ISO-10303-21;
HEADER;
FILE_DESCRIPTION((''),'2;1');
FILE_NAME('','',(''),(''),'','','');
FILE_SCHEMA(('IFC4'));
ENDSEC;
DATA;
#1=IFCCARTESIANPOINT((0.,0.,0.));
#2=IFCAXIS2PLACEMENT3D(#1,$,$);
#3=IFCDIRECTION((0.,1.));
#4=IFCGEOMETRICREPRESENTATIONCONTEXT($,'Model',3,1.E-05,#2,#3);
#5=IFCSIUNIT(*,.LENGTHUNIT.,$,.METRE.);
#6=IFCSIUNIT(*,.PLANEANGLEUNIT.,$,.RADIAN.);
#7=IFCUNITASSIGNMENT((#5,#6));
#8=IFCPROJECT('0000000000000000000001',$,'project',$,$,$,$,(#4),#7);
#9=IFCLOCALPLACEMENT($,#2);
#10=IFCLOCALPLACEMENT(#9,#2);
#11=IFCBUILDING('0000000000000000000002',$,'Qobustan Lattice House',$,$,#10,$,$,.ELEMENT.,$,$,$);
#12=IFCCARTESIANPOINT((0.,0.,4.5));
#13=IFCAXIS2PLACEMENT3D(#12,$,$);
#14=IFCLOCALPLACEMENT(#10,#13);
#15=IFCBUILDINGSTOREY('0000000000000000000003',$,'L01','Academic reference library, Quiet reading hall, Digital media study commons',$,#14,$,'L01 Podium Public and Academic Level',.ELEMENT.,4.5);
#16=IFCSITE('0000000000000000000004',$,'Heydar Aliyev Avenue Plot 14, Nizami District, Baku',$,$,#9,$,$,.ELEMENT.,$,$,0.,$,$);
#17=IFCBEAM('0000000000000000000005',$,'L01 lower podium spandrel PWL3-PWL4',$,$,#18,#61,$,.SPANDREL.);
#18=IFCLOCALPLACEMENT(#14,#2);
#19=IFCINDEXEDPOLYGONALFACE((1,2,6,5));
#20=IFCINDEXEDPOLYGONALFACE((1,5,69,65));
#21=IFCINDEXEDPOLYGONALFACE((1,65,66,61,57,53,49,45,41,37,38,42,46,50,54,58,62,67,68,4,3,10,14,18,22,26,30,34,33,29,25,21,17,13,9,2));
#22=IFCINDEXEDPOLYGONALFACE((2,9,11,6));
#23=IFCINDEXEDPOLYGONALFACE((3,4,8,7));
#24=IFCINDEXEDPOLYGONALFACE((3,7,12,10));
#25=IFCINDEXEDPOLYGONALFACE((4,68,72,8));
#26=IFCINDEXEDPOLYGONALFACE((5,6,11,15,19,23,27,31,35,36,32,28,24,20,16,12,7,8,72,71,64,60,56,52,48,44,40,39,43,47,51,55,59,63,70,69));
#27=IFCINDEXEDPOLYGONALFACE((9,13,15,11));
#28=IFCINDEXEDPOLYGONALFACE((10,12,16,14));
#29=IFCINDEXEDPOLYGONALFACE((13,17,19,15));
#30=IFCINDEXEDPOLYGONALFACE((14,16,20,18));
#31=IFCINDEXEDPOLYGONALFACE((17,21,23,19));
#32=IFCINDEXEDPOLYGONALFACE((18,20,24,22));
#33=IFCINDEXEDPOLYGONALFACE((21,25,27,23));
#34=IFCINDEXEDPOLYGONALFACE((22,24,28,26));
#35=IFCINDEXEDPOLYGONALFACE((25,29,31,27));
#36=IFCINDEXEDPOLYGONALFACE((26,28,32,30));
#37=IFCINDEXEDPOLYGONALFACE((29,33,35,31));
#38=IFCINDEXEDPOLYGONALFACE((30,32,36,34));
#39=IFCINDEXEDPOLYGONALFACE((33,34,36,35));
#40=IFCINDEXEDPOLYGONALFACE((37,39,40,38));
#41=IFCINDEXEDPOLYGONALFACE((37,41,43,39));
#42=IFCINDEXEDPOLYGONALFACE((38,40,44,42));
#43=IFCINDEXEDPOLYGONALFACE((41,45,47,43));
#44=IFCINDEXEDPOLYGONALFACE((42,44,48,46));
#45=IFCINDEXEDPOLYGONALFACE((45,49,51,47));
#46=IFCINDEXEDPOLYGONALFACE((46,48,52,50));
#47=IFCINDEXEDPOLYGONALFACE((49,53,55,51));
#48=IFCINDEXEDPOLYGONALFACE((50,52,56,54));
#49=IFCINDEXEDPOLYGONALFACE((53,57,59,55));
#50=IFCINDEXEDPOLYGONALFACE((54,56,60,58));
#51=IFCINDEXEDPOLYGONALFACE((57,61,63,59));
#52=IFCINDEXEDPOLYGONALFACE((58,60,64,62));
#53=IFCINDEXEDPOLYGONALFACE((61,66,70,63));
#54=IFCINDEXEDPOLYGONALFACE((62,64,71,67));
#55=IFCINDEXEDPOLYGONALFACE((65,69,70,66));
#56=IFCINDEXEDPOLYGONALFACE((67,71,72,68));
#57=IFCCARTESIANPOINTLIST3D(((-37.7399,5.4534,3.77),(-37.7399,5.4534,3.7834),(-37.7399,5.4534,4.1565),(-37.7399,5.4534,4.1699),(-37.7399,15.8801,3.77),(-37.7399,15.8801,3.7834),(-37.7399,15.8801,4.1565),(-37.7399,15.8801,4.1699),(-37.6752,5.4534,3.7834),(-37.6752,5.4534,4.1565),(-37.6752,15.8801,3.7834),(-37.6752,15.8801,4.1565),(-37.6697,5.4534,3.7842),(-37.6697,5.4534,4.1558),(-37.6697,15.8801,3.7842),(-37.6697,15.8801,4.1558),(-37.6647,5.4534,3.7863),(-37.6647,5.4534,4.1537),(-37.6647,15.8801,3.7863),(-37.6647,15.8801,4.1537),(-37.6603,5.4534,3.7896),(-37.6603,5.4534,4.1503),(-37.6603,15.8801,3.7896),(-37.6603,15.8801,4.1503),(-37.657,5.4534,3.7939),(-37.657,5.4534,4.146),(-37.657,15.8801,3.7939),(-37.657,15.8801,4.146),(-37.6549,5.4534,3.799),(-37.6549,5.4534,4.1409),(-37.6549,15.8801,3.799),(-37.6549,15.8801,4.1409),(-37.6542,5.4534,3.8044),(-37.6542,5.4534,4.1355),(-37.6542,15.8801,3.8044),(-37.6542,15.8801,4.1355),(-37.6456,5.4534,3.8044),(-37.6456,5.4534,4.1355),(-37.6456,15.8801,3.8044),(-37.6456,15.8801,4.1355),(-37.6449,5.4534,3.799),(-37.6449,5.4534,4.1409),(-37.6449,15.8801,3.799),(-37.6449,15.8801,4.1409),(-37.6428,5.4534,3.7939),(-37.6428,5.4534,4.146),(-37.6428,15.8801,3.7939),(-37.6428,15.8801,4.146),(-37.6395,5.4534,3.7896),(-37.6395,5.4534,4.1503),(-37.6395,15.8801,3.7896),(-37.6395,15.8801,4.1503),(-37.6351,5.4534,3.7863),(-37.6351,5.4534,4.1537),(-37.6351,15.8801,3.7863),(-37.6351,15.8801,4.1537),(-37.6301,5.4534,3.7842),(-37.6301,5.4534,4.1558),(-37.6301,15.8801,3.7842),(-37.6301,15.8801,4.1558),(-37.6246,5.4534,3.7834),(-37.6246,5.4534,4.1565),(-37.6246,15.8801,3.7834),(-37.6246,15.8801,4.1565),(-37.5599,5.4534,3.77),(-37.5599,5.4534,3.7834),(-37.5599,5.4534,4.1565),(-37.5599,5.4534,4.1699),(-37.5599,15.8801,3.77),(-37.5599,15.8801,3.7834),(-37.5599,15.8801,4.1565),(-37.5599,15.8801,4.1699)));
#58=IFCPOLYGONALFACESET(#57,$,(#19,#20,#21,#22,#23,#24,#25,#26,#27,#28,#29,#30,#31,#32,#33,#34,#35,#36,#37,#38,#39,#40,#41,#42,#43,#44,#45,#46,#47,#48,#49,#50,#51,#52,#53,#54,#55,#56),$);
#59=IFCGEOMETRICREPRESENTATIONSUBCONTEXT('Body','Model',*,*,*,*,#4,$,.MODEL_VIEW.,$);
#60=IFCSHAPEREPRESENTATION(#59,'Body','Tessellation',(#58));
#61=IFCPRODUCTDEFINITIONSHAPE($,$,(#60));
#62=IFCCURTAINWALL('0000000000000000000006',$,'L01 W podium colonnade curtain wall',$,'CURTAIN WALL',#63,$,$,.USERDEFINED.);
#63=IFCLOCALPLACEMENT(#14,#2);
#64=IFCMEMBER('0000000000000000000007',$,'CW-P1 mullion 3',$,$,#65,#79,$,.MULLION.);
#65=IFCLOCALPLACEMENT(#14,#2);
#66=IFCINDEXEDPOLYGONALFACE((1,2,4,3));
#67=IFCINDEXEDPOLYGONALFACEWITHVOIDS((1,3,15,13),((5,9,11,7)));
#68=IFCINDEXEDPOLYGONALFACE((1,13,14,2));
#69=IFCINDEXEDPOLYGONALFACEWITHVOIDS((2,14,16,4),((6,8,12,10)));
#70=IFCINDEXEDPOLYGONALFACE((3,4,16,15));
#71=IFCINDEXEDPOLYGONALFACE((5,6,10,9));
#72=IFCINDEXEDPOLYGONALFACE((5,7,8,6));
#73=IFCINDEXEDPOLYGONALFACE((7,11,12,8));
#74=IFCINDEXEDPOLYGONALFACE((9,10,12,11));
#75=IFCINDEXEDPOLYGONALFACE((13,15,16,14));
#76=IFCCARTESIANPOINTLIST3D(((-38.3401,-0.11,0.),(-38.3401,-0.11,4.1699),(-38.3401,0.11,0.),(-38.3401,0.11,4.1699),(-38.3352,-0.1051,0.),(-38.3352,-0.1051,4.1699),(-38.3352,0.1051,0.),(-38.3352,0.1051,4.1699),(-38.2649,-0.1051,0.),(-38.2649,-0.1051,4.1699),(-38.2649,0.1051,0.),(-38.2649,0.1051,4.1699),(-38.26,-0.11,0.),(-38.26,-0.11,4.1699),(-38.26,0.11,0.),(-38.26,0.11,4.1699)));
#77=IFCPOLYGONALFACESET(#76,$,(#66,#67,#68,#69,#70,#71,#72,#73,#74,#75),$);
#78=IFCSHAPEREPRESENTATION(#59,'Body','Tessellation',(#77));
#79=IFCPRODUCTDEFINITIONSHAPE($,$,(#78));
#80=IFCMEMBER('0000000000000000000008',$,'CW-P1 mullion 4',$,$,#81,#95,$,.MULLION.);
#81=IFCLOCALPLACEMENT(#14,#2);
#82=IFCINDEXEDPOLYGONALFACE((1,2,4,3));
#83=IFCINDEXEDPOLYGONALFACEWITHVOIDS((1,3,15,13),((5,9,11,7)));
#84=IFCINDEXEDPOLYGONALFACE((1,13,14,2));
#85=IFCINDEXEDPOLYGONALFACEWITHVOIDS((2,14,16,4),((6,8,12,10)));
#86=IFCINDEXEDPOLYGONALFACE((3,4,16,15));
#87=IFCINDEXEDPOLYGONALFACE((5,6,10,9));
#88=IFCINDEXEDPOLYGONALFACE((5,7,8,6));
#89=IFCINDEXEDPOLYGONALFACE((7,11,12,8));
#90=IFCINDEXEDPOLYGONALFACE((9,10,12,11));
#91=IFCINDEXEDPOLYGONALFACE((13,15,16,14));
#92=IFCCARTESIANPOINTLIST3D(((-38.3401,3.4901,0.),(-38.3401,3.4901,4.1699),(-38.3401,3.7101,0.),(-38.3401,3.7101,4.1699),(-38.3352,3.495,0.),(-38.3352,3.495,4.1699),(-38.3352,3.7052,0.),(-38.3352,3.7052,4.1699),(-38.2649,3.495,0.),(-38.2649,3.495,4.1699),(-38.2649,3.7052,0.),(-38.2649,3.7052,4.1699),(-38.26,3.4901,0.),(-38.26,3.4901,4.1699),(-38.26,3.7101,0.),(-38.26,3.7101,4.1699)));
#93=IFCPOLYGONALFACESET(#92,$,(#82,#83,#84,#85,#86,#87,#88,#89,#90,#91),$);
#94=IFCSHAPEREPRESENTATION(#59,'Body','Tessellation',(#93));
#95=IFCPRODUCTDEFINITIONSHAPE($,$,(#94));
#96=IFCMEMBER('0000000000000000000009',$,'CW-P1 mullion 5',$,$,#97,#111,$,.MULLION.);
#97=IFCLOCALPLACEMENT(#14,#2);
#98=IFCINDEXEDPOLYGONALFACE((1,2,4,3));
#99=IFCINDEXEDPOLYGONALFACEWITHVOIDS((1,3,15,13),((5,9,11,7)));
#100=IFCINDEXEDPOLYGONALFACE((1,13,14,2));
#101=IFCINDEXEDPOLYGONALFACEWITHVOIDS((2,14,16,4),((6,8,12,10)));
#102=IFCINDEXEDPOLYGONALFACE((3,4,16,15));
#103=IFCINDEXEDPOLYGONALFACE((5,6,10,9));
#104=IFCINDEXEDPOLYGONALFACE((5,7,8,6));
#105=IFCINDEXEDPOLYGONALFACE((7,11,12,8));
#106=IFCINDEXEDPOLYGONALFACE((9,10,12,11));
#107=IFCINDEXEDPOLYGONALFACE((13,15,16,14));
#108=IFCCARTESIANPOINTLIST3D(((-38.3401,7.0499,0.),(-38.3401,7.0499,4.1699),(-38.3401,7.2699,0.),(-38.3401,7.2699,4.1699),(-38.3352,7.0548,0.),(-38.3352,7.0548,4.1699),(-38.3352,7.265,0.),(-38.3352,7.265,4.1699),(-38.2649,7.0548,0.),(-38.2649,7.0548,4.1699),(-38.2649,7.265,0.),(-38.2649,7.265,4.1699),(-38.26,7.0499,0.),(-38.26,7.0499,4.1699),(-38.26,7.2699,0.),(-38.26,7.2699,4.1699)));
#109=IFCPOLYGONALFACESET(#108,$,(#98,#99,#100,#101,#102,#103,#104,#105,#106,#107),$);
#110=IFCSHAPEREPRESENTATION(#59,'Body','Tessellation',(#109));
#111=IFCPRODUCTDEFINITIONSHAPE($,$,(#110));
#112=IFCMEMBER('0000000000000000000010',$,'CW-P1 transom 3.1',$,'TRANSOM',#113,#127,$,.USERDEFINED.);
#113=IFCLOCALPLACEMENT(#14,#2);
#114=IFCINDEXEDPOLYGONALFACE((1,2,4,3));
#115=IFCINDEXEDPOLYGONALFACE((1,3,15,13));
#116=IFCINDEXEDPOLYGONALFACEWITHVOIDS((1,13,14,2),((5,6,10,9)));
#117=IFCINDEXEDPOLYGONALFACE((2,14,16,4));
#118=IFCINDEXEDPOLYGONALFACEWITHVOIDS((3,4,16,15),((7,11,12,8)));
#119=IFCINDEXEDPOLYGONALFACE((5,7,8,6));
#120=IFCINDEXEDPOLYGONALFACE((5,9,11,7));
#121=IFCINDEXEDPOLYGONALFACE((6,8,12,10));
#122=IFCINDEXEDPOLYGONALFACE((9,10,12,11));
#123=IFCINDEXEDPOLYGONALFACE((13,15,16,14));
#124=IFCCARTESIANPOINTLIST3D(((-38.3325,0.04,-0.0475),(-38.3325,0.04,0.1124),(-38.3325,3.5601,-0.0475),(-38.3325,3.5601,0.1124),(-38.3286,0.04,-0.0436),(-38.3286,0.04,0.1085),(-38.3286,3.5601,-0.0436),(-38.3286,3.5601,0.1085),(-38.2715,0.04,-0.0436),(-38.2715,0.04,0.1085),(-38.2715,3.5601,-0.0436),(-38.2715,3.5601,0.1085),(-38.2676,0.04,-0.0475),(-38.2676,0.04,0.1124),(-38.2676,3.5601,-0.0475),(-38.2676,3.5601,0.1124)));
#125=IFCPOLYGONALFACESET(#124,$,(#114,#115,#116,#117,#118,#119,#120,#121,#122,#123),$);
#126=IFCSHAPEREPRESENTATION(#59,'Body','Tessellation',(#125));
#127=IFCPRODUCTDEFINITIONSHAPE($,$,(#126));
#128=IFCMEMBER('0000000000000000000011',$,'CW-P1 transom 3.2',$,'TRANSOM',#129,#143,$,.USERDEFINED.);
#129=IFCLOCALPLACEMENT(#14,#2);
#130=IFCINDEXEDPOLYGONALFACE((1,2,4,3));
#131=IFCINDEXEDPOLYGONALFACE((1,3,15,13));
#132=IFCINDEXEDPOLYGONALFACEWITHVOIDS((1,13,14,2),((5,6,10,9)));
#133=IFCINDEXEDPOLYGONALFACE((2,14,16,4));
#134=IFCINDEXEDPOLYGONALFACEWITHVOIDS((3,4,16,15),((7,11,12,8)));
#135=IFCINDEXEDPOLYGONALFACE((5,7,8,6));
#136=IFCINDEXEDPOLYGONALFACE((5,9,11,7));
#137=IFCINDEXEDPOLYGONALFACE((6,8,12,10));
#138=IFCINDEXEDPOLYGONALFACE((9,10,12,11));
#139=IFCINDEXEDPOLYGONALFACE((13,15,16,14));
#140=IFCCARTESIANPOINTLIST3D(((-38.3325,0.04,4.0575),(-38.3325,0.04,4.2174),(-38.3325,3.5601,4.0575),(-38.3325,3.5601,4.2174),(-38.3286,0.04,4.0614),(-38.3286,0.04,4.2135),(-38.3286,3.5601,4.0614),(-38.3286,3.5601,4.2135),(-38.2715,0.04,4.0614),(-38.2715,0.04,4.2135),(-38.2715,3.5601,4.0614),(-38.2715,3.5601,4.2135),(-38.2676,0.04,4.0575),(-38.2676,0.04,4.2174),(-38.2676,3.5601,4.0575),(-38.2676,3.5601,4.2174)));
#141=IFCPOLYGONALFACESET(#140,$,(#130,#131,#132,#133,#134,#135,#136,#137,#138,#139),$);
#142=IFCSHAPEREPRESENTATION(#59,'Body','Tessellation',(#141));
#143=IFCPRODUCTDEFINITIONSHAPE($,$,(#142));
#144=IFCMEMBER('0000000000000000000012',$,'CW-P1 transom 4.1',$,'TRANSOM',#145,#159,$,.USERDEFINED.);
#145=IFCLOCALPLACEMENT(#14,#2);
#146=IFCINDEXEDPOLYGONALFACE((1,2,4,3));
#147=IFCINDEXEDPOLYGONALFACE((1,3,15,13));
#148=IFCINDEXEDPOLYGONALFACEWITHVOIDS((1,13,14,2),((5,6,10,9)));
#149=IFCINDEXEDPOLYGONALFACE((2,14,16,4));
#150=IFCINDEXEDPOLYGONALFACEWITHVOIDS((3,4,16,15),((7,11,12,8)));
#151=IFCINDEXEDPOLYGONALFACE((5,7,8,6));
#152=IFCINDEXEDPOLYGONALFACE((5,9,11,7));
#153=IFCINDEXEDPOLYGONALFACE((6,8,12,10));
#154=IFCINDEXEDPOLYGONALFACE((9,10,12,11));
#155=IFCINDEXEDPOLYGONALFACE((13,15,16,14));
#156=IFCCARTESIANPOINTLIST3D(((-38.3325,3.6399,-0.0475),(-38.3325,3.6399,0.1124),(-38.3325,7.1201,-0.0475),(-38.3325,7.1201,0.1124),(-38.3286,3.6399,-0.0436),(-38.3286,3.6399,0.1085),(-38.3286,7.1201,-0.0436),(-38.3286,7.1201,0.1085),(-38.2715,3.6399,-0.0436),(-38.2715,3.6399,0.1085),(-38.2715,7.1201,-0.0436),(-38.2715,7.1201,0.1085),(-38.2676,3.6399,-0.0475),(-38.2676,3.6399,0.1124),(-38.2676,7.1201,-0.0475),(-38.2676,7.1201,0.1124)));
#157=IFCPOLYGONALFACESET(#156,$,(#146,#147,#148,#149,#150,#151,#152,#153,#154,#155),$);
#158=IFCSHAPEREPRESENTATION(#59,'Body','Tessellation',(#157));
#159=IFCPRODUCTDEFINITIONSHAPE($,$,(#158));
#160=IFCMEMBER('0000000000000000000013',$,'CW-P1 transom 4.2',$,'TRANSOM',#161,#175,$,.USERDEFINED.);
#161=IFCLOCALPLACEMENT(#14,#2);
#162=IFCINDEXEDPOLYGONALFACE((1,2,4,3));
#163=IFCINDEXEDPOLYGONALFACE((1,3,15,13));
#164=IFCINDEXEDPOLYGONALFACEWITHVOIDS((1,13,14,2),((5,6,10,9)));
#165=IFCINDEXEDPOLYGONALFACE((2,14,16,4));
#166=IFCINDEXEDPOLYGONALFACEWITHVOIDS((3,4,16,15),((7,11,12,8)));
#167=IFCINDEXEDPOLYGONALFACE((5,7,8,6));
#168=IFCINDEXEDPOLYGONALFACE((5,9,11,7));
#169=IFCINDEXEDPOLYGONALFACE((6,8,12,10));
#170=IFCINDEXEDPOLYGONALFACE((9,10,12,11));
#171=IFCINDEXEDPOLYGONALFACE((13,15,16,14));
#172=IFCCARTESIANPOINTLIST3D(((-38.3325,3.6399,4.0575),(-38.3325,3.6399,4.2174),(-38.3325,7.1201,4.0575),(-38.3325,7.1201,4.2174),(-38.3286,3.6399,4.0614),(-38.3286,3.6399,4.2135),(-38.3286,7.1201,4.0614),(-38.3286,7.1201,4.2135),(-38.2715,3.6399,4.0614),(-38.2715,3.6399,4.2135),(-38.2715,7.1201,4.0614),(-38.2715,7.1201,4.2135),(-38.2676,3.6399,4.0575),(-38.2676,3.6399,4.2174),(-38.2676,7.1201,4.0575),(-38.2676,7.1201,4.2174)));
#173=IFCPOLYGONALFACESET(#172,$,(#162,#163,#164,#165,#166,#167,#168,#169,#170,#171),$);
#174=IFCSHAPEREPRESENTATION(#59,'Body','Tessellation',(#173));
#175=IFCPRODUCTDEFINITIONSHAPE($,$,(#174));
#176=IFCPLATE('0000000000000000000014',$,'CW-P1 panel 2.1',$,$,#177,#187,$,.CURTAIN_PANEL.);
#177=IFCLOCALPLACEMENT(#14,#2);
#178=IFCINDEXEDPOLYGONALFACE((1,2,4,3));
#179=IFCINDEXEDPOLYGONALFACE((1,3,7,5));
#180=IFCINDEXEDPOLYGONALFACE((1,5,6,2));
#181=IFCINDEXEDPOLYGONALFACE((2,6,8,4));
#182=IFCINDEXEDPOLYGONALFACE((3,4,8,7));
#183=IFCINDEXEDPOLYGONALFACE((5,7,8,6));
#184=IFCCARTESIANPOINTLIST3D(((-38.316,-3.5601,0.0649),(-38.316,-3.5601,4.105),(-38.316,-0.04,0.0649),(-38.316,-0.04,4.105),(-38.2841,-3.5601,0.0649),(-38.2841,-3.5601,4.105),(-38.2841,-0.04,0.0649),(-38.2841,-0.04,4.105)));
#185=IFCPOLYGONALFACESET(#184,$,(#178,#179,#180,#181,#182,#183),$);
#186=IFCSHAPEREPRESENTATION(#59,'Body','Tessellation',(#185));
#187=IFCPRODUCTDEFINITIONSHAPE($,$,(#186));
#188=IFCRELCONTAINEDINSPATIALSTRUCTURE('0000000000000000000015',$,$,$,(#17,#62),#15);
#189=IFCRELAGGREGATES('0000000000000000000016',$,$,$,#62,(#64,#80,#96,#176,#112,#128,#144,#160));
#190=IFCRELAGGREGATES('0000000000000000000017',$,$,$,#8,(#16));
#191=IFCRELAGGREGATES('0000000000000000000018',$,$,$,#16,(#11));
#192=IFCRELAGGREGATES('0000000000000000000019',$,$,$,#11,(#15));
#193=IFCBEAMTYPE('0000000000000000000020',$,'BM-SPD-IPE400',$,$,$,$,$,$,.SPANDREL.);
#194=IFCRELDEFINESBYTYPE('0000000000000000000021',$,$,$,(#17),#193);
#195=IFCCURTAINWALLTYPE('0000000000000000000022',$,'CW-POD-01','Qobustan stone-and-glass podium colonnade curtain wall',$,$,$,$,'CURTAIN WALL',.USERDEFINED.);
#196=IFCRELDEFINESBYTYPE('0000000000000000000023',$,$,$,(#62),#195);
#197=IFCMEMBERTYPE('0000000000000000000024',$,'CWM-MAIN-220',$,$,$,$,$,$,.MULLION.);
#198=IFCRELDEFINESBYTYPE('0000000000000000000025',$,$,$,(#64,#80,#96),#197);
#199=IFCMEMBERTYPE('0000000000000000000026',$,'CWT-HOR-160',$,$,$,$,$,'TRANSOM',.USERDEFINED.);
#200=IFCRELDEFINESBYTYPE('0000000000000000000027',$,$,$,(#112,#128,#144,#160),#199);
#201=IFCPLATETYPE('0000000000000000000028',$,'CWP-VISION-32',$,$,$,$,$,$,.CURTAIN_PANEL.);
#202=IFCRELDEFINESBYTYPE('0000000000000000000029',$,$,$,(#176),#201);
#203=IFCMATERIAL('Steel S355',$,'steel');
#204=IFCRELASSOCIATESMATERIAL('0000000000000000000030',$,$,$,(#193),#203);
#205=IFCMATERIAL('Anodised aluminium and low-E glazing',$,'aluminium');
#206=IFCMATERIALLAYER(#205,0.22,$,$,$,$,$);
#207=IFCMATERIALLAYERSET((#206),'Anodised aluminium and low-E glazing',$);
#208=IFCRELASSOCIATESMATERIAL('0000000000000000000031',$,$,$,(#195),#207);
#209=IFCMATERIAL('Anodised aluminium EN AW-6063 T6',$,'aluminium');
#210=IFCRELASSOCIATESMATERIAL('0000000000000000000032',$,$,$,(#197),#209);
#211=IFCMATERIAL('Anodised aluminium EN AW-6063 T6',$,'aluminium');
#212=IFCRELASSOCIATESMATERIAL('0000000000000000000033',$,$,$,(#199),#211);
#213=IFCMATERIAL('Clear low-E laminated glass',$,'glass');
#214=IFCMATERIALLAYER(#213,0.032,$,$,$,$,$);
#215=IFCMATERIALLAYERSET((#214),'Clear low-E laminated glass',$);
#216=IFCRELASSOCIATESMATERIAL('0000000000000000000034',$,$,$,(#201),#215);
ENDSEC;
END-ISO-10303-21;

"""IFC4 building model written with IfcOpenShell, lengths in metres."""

from ifc_helpers import new_model, si_unit, direction, frame, origin, origin_2d, place, context, subcontext, project, spatial, rectangle, hollow_rectangle, i_section, extrude, material, layer, layer_set, material_profile, profile_set, type_object, element, aggregate, save


model = new_model("IFC4")

# Units and contexts
model_context = context("Model", 3, precision=1e-05, world=origin(), true_north=direction((0.0, 1.0)))
body_context = subcontext(model_context, "Body", "Model", "MODEL_VIEW")
ifc_project = project(units=[si_unit("LENGTHUNIT", "METRE"), si_unit("PLANEANGLEUNIT", "RADIAN")], contexts=[model_context])

# Site, building, storey
site_placement = place(None, origin())
site = spatial("IfcSite", under=ifc_project, at=site_placement, Name="Heydar Aliyev Avenue Plot 14, Nizami District, Baku", CompositionType="ELEMENT", RefElevation=0.0)
building_placement = place(site_placement, origin())
building = spatial("IfcBuilding", under=site, at=building_placement, Name="Qobustan Lattice House", CompositionType="ELEMENT")
storey_placement = place(building_placement, frame((0.0, 0.0, 4.5)))
storey = spatial("IfcBuildingStorey", under=building, at=storey_placement, Name="L01", Description="Academic reference library, Quiet reading hall, Digital media study commons", LongName="L01 Podium Public and Academic Level", CompositionType="ELEMENT", Elevation=4.5)

# Beam
ifc_material_1 = material(Name="Steel S355", Category="steel")
ifc_material_profile_1 = material_profile(ifc_material_1, i_section(OverallWidth=0.1799, OverallDepth=0.3999, WebThickness=0.0085, FlangeThickness=0.0134, FilletRadius=0.021, at=origin_2d()), Name="IPE400")
ifc_profile_set_1 = profile_set([ifc_material_profile_1], Name="Steel S355")
beam_type_1 = type_object("IfcBeamType", Name="BM-SPD-IPE400", PredefinedType="SPANDREL", material=ifc_profile_set_1)
beam_1_placement = place(storey_placement, frame((-37.6499, 5.4534, 3.97), z_axis=(0.0, 1.0, 0.0), x_axis=(-1.0, 0.0, 0.0)))
element("IfcBeam", 1, at=beam_1_placement, inside=storey, type_object=beam_type_1, Name="L01 lower podium spandrel PWL3-PWL4", PredefinedType="SPANDREL", context=body_context, shape_type="SweptSolid", body=[
    extrude(i_section(OverallWidth=0.1799, OverallDepth=0.3999, WebThickness=0.0085, FlangeThickness=0.0134, FilletRadius=0.021, at=origin_2d()), origin(), (0.0, 0.0, 1.0), 10.4268),
])

# Curtain wall, members, plate
ifc_material_2 = material(Name="Anodised aluminium and low-E glazing", Category="aluminium")
ifc_layer_1 = layer(ifc_material_2, 0.22)
ifc_layer_set_1 = layer_set([ifc_layer_1], Name="Anodised aluminium and low-E glazing")
curtain_wall_type = type_object("IfcCurtainWallType", Name="CW-POD-01", Description="Qobustan stone-and-glass podium colonnade curtain wall", ElementType="CURTAIN WALL", PredefinedType="USERDEFINED", material=ifc_layer_set_1)
curtain_wall_placement = place(storey_placement, origin())
curtain_wall = element("IfcCurtainWall", 2, at=curtain_wall_placement, inside=storey, type_object=curtain_wall_type, Name="L01 W podium colonnade curtain wall", ObjectType="CURTAIN WALL", PredefinedType="USERDEFINED")
ifc_material_3 = material(Name="Anodised aluminium EN AW-6063 T6", Category="aluminium")
ifc_material_profile_2 = material_profile(ifc_material_3, hollow_rectangle(XDim=0.0801, YDim=0.22, WallThickness=0.0049, at=origin_2d()), Name="CWM-220x80")
ifc_profile_set_2 = profile_set([ifc_material_profile_2], Name="Anodised aluminium EN AW-6063 T6")
member_type_1 = type_object("IfcMemberType", Name="CWM-MAIN-220", PredefinedType="MULLION", material=ifc_profile_set_2)
member_1_placement = place(storey_placement, frame((-38.3, 0.0, 0.0), z_axis=(0.0, 0.0, 1.0), x_axis=(-1.0, 0.0, 0.0)))
member_1 = element("IfcMember", 3, at=member_1_placement, type_object=member_type_1, Name="CW-P1 mullion 3", PredefinedType="MULLION", context=body_context, shape_type="SweptSolid", body=[
    extrude(hollow_rectangle(XDim=0.0801, YDim=0.22, WallThickness=0.0049, at=origin_2d()), origin(), (0.0, 0.0, 1.0), 4.1699),
])
member_2_placement = place(storey_placement, frame((-38.3, 3.6001, 0.0), z_axis=(0.0, 0.0, 1.0), x_axis=(-1.0, 0.0, 0.0)))
member_2 = element("IfcMember", 4, at=member_2_placement, type_object=member_type_1, Name="CW-P1 mullion 4", PredefinedType="MULLION", context=body_context, shape_type="SweptSolid", body=[
    extrude(hollow_rectangle(XDim=0.0801, YDim=0.22, WallThickness=0.0049, at=origin_2d()), origin(), (0.0, 0.0, 1.0), 4.1699),
])
member_3_placement = place(storey_placement, frame((-38.3, 7.1599, 0.0), z_axis=(0.0, 0.0, 1.0), x_axis=(-1.0, 0.0, 0.0)))
member_3 = element("IfcMember", 5, at=member_3_placement, type_object=member_type_1, Name="CW-P1 mullion 5", PredefinedType="MULLION", context=body_context, shape_type="SweptSolid", body=[
    extrude(hollow_rectangle(XDim=0.0801, YDim=0.22, WallThickness=0.0049, at=origin_2d()), origin(), (0.0, 0.0, 1.0), 4.1699),
])
ifc_material_4 = material(Name="Anodised aluminium EN AW-6063 T6", Category="aluminium")
ifc_material_profile_3 = material_profile(ifc_material_4, hollow_rectangle(XDim=0.0649, YDim=0.1599, WallThickness=0.0039, at=origin_2d()), Name="CWT-160x65")
ifc_profile_set_3 = profile_set([ifc_material_profile_3], Name="Anodised aluminium EN AW-6063 T6")
member_type_2 = type_object("IfcMemberType", Name="CWT-HOR-160", ElementType="TRANSOM", PredefinedType="USERDEFINED", material=ifc_profile_set_3)
member_4_placement = place(storey_placement, frame((-38.3, 0.04, 0.0325), z_axis=(0.0, 1.0, 0.0), x_axis=(-1.0, 0.0, 0.0)))
member_4 = element("IfcMember", 6, at=member_4_placement, type_object=member_type_2, Name="CW-P1 transom 3.1", ObjectType="TRANSOM", PredefinedType="USERDEFINED", context=body_context, shape_type="SweptSolid", body=[
    extrude(hollow_rectangle(XDim=0.0649, YDim=0.1599, WallThickness=0.0039, at=origin_2d()), origin(), (0.0, 0.0, 1.0), 3.52),
])
member_5_placement = place(storey_placement, frame((-38.3, 0.04, 4.1375), z_axis=(0.0, 1.0, 0.0), x_axis=(-1.0, 0.0, 0.0)))
member_5 = element("IfcMember", 7, at=member_5_placement, type_object=member_type_2, Name="CW-P1 transom 3.2", ObjectType="TRANSOM", PredefinedType="USERDEFINED", context=body_context, shape_type="SweptSolid", body=[
    extrude(hollow_rectangle(XDim=0.0649, YDim=0.1599, WallThickness=0.0039, at=origin_2d()), origin(), (0.0, 0.0, 1.0), 3.52),
])
member_6_placement = place(storey_placement, frame((-38.3, 3.6399, 0.0325), z_axis=(0.0, 1.0, 0.0), x_axis=(-1.0, 0.0, 0.0)))
member_6 = element("IfcMember", 8, at=member_6_placement, type_object=member_type_2, Name="CW-P1 transom 4.1", ObjectType="TRANSOM", PredefinedType="USERDEFINED", context=body_context, shape_type="SweptSolid", body=[
    extrude(hollow_rectangle(XDim=0.0649, YDim=0.1599, WallThickness=0.0039, at=origin_2d()), origin(), (0.0, 0.0, 1.0), 3.4802),
])
member_7_placement = place(storey_placement, frame((-38.3, 3.6399, 4.1375), z_axis=(0.0, 1.0, 0.0), x_axis=(-1.0, 0.0, 0.0)))
member_7 = element("IfcMember", 9, at=member_7_placement, type_object=member_type_2, Name="CW-P1 transom 4.2", ObjectType="TRANSOM", PredefinedType="USERDEFINED", context=body_context, shape_type="SweptSolid", body=[
    extrude(hollow_rectangle(XDim=0.0649, YDim=0.1599, WallThickness=0.0039, at=origin_2d()), origin(), (0.0, 0.0, 1.0), 3.4802),
])
ifc_material_5 = material(Name="Clear low-E laminated glass", Category="glass")
ifc_layer_2 = layer(ifc_material_5, 0.032)
ifc_layer_set_2 = layer_set([ifc_layer_2], Name="Clear low-E laminated glass")
plate_type = type_object("IfcPlateType", Name="CWP-VISION-32", PredefinedType="CURTAIN_PANEL", material=ifc_layer_set_2)
plate_1_placement = place(storey_placement, frame((-38.3, -1.8, 0.0649), z_axis=(0.0, 0.0, 1.0), x_axis=(0.0, 1.0, 0.0)))
plate_1 = element("IfcPlate", 10, at=plate_1_placement, type_object=plate_type, Name="CW-P1 panel 2.1", PredefinedType="CURTAIN_PANEL", context=body_context, shape_type="SweptSolid", body=[
    extrude(rectangle(XDim=3.52, YDim=0.032, at=origin_2d()), origin(), (0.0, 0.0, 1.0), 4.04),
])
aggregate(curtain_wall, [member_1, member_2, member_3, plate_1, member_4, member_5, member_6, member_7])

save(model, "model.ifc")
